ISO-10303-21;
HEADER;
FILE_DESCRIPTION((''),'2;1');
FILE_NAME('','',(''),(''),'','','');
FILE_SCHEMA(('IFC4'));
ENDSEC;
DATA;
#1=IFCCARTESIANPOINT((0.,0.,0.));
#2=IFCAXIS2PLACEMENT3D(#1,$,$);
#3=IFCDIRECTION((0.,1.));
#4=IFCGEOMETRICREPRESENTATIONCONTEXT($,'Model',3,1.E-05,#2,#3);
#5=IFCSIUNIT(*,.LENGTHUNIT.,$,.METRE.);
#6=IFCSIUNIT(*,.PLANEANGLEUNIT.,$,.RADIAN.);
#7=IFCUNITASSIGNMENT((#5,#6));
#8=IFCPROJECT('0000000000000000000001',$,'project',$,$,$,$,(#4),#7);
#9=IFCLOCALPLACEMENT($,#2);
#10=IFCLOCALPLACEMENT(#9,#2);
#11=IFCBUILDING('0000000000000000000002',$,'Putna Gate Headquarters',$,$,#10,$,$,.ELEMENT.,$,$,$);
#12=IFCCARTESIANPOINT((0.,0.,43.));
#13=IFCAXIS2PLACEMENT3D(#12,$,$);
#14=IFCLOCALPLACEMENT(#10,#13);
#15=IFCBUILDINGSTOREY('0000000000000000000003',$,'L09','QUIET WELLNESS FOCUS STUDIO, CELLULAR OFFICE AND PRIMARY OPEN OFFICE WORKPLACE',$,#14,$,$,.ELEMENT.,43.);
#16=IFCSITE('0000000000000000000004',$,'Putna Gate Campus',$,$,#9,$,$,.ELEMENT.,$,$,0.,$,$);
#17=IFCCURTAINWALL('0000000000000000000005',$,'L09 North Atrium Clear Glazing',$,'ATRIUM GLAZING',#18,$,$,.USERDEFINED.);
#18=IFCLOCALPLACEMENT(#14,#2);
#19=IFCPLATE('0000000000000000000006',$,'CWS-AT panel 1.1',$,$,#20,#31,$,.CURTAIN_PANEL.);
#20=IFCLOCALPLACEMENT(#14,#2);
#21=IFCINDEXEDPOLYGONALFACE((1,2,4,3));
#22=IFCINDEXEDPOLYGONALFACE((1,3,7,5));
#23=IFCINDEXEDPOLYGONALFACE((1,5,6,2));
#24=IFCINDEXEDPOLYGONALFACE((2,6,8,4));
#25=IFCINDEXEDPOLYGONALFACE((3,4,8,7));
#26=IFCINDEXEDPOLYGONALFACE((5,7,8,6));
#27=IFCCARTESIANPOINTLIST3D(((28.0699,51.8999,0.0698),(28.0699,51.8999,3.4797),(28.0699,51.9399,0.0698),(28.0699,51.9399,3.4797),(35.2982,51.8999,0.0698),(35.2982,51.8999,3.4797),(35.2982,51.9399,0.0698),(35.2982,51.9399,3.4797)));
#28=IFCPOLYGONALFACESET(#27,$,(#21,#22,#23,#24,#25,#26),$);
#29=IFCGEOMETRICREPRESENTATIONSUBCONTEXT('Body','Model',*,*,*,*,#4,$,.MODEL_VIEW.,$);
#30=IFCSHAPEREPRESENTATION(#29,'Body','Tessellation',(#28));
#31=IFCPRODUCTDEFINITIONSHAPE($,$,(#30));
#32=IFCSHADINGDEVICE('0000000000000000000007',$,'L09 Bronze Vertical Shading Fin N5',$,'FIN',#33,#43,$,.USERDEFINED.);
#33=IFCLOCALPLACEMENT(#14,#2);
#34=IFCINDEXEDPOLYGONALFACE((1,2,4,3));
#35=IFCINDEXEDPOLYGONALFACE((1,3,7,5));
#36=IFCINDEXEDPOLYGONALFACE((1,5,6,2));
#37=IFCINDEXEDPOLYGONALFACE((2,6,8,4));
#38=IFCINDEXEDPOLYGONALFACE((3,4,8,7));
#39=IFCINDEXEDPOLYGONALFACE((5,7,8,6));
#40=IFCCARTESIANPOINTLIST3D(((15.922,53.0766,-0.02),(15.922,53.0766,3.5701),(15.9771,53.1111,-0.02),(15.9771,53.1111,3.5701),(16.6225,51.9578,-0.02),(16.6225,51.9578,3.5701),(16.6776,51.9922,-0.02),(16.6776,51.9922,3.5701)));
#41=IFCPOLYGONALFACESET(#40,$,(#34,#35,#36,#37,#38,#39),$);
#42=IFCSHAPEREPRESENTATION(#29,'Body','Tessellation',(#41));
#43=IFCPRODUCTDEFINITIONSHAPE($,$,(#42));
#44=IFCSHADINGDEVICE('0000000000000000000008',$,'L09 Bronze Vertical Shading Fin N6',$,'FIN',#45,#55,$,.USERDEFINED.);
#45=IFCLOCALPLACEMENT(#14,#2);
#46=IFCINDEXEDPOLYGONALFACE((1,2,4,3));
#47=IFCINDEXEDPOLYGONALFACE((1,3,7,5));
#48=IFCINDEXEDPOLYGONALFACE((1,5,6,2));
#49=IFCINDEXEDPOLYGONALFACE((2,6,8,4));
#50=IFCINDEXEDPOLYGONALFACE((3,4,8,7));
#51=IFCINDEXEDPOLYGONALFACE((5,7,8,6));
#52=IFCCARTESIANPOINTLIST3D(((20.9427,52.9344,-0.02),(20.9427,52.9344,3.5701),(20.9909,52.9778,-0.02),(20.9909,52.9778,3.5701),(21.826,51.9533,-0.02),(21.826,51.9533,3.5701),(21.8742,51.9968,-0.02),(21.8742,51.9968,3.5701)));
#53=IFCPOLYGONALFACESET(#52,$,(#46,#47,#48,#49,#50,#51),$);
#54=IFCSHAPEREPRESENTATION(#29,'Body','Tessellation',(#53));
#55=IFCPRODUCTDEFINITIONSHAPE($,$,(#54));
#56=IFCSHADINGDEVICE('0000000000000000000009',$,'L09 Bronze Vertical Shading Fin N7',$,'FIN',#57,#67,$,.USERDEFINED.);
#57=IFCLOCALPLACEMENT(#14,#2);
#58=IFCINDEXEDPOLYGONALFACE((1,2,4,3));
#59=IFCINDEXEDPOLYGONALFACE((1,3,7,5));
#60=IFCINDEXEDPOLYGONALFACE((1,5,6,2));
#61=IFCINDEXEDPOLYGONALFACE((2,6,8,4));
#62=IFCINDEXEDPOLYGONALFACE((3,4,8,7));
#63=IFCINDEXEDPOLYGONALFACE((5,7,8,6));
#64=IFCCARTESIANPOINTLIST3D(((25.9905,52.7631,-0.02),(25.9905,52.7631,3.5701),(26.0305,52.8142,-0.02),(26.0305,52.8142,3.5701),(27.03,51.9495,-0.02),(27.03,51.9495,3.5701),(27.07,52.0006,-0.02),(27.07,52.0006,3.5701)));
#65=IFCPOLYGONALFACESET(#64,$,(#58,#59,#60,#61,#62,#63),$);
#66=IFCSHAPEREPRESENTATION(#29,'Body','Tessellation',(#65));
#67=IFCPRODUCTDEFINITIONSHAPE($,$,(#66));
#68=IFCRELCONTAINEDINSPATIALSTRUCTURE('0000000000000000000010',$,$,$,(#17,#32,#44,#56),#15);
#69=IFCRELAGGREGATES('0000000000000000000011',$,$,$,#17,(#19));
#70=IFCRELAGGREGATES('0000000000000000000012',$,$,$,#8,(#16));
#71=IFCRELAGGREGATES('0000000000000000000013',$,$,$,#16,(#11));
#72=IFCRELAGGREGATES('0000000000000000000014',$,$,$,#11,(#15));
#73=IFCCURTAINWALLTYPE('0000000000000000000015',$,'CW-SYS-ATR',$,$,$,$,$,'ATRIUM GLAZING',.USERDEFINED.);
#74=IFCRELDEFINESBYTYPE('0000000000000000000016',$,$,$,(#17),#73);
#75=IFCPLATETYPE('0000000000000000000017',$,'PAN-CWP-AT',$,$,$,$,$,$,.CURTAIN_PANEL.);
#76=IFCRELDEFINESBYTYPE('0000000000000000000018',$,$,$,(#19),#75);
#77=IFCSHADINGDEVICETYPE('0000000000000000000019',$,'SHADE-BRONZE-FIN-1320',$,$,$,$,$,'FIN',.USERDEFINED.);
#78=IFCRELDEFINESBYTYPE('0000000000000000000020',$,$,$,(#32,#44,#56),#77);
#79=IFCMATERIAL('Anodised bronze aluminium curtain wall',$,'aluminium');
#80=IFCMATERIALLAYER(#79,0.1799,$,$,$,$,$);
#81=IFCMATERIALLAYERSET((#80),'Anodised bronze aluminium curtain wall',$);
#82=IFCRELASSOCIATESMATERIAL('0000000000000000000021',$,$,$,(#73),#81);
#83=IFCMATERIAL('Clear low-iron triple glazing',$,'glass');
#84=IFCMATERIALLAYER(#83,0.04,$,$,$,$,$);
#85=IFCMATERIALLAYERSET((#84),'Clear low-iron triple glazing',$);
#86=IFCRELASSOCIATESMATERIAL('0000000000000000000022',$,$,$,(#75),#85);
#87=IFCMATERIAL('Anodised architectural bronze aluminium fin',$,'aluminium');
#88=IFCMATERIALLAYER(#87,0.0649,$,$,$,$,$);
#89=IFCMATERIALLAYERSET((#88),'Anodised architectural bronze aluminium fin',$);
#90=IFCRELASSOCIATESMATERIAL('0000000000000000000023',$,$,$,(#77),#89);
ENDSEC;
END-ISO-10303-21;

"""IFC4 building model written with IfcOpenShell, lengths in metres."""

from ifc_helpers import new_model, si_unit, direction, frame, origin, origin_2d, place, context, subcontext, project, spatial, rectangle, extrude, material, layer, layer_set, type_object, element, aggregate, save


model = new_model("IFC4")

# Units and contexts
model_context = context("Model", 3, precision=1e-05, world=origin(), true_north=direction((0.0, 1.0)))
body_context = subcontext(model_context, "Body", "Model", "MODEL_VIEW")
ifc_project = project(units=[si_unit("LENGTHUNIT", "METRE"), si_unit("PLANEANGLEUNIT", "RADIAN")], contexts=[model_context])

# Site, building, storey
site_placement = place(None, origin())
site = spatial("IfcSite", under=ifc_project, at=site_placement, Name="Putna Gate Campus", CompositionType="ELEMENT", RefElevation=0.0)
building_placement = place(site_placement, origin())
building = spatial("IfcBuilding", under=site, at=building_placement, Name="Putna Gate Headquarters", CompositionType="ELEMENT")
storey_placement = place(building_placement, frame((0.0, 0.0, 43.0)))
storey = spatial("IfcBuildingStorey", under=building, at=storey_placement, Name="L09", Description="QUIET WELLNESS FOCUS STUDIO, CELLULAR OFFICE AND PRIMARY OPEN OFFICE WORKPLACE", CompositionType="ELEMENT", Elevation=43.0)

# Curtain wall
ifc_material_1 = material(Name="Anodised bronze aluminium curtain wall", Category="aluminium")
ifc_layer_1 = layer(ifc_material_1, 0.1799)
ifc_layer_set_1 = layer_set([ifc_layer_1], Name="Anodised bronze aluminium curtain wall")
curtain_wall_type_1 = type_object("IfcCurtainWallType", Name="CW-SYS-ATR", ElementType="ATRIUM GLAZING", PredefinedType="USERDEFINED", material=ifc_layer_set_1)
curtain_wall_1_placement = place(storey_placement, origin())
curtain_wall_1 = element("IfcCurtainWall", 1, at=curtain_wall_1_placement, inside=storey, type_object=curtain_wall_type_1, Name="L09 North Atrium Clear Glazing", ObjectType="ATRIUM GLAZING", PredefinedType="USERDEFINED")

# Plate
ifc_material_2 = material(Name="Clear low-iron triple glazing", Category="glass")
ifc_layer_2 = layer(ifc_material_2, 0.04)
ifc_layer_set_2 = layer_set([ifc_layer_2], Name="Clear low-iron triple glazing")
plate_type_1 = type_object("IfcPlateType", Name="PAN-CWP-AT", PredefinedType="CURTAIN_PANEL", material=ifc_layer_set_2)
plate_1_placement = place(storey_placement, frame((31.6841, 51.9199, 0.0698), z_axis=(0.0, 0.0, 1.0), x_axis=(1.0, 0.0, 0.0)))
plate_1 = element("IfcPlate", 2, at=plate_1_placement, type_object=plate_type_1, Name="CWS-AT panel 1.1", PredefinedType="CURTAIN_PANEL", context=body_context, shape_type="SweptSolid", body=[
    extrude(rectangle(XDim=7.2283, YDim=0.04, at=origin_2d()), origin(), (0.0, 0.0, 1.0), 3.4099),
])
aggregate(curtain_wall_1, [plate_1])

# Shading devices
ifc_material_3 = material(Name="Anodised architectural bronze aluminium fin", Category="aluminium")
ifc_layer_3 = layer(ifc_material_3, 0.0649)
ifc_layer_set_3 = layer_set([ifc_layer_3], Name="Anodised architectural bronze aluminium fin")
shading_device_type = type_object("IfcShadingDeviceType", Name="SHADE-BRONZE-FIN-1320", ElementType="FIN", PredefinedType="USERDEFINED", material=ifc_layer_set_3)
for number, where, z_axis, x_axis, name in (
    (3, (16.2998, 52.5344, -0.02), (0.0, 0.0, 1.0), (-0.530659, 0.847585, 0.0), "L09 Bronze Vertical Shading Fin N5"),
    (4, (21.4084, 52.4656, -0.02), (0.0, 0.0, 1.0), (-0.669131, 0.743145, 0.0), "L09 Bronze Vertical Shading Fin N6"),
    (5, (26.5303, 52.3818, -0.02), (0.0, 0.0, 1.0), (-0.787473, 0.616349, 0.0), "L09 Bronze Vertical Shading Fin N7"),
):
    element("IfcShadingDevice", number, at=place(storey_placement, frame(where, z_axis=z_axis, x_axis=x_axis)), inside=storey, type_object=shading_device_type, Name=name, ObjectType="FIN", PredefinedType="USERDEFINED", context=body_context, shape_type="SweptSolid", body=[
        extrude(rectangle(XDim=1.3201, YDim=0.0649, at=origin_2d()), origin(), (0.0, 0.0, 1.0), 3.5901),
    ])

save(model, "model.ifc")
